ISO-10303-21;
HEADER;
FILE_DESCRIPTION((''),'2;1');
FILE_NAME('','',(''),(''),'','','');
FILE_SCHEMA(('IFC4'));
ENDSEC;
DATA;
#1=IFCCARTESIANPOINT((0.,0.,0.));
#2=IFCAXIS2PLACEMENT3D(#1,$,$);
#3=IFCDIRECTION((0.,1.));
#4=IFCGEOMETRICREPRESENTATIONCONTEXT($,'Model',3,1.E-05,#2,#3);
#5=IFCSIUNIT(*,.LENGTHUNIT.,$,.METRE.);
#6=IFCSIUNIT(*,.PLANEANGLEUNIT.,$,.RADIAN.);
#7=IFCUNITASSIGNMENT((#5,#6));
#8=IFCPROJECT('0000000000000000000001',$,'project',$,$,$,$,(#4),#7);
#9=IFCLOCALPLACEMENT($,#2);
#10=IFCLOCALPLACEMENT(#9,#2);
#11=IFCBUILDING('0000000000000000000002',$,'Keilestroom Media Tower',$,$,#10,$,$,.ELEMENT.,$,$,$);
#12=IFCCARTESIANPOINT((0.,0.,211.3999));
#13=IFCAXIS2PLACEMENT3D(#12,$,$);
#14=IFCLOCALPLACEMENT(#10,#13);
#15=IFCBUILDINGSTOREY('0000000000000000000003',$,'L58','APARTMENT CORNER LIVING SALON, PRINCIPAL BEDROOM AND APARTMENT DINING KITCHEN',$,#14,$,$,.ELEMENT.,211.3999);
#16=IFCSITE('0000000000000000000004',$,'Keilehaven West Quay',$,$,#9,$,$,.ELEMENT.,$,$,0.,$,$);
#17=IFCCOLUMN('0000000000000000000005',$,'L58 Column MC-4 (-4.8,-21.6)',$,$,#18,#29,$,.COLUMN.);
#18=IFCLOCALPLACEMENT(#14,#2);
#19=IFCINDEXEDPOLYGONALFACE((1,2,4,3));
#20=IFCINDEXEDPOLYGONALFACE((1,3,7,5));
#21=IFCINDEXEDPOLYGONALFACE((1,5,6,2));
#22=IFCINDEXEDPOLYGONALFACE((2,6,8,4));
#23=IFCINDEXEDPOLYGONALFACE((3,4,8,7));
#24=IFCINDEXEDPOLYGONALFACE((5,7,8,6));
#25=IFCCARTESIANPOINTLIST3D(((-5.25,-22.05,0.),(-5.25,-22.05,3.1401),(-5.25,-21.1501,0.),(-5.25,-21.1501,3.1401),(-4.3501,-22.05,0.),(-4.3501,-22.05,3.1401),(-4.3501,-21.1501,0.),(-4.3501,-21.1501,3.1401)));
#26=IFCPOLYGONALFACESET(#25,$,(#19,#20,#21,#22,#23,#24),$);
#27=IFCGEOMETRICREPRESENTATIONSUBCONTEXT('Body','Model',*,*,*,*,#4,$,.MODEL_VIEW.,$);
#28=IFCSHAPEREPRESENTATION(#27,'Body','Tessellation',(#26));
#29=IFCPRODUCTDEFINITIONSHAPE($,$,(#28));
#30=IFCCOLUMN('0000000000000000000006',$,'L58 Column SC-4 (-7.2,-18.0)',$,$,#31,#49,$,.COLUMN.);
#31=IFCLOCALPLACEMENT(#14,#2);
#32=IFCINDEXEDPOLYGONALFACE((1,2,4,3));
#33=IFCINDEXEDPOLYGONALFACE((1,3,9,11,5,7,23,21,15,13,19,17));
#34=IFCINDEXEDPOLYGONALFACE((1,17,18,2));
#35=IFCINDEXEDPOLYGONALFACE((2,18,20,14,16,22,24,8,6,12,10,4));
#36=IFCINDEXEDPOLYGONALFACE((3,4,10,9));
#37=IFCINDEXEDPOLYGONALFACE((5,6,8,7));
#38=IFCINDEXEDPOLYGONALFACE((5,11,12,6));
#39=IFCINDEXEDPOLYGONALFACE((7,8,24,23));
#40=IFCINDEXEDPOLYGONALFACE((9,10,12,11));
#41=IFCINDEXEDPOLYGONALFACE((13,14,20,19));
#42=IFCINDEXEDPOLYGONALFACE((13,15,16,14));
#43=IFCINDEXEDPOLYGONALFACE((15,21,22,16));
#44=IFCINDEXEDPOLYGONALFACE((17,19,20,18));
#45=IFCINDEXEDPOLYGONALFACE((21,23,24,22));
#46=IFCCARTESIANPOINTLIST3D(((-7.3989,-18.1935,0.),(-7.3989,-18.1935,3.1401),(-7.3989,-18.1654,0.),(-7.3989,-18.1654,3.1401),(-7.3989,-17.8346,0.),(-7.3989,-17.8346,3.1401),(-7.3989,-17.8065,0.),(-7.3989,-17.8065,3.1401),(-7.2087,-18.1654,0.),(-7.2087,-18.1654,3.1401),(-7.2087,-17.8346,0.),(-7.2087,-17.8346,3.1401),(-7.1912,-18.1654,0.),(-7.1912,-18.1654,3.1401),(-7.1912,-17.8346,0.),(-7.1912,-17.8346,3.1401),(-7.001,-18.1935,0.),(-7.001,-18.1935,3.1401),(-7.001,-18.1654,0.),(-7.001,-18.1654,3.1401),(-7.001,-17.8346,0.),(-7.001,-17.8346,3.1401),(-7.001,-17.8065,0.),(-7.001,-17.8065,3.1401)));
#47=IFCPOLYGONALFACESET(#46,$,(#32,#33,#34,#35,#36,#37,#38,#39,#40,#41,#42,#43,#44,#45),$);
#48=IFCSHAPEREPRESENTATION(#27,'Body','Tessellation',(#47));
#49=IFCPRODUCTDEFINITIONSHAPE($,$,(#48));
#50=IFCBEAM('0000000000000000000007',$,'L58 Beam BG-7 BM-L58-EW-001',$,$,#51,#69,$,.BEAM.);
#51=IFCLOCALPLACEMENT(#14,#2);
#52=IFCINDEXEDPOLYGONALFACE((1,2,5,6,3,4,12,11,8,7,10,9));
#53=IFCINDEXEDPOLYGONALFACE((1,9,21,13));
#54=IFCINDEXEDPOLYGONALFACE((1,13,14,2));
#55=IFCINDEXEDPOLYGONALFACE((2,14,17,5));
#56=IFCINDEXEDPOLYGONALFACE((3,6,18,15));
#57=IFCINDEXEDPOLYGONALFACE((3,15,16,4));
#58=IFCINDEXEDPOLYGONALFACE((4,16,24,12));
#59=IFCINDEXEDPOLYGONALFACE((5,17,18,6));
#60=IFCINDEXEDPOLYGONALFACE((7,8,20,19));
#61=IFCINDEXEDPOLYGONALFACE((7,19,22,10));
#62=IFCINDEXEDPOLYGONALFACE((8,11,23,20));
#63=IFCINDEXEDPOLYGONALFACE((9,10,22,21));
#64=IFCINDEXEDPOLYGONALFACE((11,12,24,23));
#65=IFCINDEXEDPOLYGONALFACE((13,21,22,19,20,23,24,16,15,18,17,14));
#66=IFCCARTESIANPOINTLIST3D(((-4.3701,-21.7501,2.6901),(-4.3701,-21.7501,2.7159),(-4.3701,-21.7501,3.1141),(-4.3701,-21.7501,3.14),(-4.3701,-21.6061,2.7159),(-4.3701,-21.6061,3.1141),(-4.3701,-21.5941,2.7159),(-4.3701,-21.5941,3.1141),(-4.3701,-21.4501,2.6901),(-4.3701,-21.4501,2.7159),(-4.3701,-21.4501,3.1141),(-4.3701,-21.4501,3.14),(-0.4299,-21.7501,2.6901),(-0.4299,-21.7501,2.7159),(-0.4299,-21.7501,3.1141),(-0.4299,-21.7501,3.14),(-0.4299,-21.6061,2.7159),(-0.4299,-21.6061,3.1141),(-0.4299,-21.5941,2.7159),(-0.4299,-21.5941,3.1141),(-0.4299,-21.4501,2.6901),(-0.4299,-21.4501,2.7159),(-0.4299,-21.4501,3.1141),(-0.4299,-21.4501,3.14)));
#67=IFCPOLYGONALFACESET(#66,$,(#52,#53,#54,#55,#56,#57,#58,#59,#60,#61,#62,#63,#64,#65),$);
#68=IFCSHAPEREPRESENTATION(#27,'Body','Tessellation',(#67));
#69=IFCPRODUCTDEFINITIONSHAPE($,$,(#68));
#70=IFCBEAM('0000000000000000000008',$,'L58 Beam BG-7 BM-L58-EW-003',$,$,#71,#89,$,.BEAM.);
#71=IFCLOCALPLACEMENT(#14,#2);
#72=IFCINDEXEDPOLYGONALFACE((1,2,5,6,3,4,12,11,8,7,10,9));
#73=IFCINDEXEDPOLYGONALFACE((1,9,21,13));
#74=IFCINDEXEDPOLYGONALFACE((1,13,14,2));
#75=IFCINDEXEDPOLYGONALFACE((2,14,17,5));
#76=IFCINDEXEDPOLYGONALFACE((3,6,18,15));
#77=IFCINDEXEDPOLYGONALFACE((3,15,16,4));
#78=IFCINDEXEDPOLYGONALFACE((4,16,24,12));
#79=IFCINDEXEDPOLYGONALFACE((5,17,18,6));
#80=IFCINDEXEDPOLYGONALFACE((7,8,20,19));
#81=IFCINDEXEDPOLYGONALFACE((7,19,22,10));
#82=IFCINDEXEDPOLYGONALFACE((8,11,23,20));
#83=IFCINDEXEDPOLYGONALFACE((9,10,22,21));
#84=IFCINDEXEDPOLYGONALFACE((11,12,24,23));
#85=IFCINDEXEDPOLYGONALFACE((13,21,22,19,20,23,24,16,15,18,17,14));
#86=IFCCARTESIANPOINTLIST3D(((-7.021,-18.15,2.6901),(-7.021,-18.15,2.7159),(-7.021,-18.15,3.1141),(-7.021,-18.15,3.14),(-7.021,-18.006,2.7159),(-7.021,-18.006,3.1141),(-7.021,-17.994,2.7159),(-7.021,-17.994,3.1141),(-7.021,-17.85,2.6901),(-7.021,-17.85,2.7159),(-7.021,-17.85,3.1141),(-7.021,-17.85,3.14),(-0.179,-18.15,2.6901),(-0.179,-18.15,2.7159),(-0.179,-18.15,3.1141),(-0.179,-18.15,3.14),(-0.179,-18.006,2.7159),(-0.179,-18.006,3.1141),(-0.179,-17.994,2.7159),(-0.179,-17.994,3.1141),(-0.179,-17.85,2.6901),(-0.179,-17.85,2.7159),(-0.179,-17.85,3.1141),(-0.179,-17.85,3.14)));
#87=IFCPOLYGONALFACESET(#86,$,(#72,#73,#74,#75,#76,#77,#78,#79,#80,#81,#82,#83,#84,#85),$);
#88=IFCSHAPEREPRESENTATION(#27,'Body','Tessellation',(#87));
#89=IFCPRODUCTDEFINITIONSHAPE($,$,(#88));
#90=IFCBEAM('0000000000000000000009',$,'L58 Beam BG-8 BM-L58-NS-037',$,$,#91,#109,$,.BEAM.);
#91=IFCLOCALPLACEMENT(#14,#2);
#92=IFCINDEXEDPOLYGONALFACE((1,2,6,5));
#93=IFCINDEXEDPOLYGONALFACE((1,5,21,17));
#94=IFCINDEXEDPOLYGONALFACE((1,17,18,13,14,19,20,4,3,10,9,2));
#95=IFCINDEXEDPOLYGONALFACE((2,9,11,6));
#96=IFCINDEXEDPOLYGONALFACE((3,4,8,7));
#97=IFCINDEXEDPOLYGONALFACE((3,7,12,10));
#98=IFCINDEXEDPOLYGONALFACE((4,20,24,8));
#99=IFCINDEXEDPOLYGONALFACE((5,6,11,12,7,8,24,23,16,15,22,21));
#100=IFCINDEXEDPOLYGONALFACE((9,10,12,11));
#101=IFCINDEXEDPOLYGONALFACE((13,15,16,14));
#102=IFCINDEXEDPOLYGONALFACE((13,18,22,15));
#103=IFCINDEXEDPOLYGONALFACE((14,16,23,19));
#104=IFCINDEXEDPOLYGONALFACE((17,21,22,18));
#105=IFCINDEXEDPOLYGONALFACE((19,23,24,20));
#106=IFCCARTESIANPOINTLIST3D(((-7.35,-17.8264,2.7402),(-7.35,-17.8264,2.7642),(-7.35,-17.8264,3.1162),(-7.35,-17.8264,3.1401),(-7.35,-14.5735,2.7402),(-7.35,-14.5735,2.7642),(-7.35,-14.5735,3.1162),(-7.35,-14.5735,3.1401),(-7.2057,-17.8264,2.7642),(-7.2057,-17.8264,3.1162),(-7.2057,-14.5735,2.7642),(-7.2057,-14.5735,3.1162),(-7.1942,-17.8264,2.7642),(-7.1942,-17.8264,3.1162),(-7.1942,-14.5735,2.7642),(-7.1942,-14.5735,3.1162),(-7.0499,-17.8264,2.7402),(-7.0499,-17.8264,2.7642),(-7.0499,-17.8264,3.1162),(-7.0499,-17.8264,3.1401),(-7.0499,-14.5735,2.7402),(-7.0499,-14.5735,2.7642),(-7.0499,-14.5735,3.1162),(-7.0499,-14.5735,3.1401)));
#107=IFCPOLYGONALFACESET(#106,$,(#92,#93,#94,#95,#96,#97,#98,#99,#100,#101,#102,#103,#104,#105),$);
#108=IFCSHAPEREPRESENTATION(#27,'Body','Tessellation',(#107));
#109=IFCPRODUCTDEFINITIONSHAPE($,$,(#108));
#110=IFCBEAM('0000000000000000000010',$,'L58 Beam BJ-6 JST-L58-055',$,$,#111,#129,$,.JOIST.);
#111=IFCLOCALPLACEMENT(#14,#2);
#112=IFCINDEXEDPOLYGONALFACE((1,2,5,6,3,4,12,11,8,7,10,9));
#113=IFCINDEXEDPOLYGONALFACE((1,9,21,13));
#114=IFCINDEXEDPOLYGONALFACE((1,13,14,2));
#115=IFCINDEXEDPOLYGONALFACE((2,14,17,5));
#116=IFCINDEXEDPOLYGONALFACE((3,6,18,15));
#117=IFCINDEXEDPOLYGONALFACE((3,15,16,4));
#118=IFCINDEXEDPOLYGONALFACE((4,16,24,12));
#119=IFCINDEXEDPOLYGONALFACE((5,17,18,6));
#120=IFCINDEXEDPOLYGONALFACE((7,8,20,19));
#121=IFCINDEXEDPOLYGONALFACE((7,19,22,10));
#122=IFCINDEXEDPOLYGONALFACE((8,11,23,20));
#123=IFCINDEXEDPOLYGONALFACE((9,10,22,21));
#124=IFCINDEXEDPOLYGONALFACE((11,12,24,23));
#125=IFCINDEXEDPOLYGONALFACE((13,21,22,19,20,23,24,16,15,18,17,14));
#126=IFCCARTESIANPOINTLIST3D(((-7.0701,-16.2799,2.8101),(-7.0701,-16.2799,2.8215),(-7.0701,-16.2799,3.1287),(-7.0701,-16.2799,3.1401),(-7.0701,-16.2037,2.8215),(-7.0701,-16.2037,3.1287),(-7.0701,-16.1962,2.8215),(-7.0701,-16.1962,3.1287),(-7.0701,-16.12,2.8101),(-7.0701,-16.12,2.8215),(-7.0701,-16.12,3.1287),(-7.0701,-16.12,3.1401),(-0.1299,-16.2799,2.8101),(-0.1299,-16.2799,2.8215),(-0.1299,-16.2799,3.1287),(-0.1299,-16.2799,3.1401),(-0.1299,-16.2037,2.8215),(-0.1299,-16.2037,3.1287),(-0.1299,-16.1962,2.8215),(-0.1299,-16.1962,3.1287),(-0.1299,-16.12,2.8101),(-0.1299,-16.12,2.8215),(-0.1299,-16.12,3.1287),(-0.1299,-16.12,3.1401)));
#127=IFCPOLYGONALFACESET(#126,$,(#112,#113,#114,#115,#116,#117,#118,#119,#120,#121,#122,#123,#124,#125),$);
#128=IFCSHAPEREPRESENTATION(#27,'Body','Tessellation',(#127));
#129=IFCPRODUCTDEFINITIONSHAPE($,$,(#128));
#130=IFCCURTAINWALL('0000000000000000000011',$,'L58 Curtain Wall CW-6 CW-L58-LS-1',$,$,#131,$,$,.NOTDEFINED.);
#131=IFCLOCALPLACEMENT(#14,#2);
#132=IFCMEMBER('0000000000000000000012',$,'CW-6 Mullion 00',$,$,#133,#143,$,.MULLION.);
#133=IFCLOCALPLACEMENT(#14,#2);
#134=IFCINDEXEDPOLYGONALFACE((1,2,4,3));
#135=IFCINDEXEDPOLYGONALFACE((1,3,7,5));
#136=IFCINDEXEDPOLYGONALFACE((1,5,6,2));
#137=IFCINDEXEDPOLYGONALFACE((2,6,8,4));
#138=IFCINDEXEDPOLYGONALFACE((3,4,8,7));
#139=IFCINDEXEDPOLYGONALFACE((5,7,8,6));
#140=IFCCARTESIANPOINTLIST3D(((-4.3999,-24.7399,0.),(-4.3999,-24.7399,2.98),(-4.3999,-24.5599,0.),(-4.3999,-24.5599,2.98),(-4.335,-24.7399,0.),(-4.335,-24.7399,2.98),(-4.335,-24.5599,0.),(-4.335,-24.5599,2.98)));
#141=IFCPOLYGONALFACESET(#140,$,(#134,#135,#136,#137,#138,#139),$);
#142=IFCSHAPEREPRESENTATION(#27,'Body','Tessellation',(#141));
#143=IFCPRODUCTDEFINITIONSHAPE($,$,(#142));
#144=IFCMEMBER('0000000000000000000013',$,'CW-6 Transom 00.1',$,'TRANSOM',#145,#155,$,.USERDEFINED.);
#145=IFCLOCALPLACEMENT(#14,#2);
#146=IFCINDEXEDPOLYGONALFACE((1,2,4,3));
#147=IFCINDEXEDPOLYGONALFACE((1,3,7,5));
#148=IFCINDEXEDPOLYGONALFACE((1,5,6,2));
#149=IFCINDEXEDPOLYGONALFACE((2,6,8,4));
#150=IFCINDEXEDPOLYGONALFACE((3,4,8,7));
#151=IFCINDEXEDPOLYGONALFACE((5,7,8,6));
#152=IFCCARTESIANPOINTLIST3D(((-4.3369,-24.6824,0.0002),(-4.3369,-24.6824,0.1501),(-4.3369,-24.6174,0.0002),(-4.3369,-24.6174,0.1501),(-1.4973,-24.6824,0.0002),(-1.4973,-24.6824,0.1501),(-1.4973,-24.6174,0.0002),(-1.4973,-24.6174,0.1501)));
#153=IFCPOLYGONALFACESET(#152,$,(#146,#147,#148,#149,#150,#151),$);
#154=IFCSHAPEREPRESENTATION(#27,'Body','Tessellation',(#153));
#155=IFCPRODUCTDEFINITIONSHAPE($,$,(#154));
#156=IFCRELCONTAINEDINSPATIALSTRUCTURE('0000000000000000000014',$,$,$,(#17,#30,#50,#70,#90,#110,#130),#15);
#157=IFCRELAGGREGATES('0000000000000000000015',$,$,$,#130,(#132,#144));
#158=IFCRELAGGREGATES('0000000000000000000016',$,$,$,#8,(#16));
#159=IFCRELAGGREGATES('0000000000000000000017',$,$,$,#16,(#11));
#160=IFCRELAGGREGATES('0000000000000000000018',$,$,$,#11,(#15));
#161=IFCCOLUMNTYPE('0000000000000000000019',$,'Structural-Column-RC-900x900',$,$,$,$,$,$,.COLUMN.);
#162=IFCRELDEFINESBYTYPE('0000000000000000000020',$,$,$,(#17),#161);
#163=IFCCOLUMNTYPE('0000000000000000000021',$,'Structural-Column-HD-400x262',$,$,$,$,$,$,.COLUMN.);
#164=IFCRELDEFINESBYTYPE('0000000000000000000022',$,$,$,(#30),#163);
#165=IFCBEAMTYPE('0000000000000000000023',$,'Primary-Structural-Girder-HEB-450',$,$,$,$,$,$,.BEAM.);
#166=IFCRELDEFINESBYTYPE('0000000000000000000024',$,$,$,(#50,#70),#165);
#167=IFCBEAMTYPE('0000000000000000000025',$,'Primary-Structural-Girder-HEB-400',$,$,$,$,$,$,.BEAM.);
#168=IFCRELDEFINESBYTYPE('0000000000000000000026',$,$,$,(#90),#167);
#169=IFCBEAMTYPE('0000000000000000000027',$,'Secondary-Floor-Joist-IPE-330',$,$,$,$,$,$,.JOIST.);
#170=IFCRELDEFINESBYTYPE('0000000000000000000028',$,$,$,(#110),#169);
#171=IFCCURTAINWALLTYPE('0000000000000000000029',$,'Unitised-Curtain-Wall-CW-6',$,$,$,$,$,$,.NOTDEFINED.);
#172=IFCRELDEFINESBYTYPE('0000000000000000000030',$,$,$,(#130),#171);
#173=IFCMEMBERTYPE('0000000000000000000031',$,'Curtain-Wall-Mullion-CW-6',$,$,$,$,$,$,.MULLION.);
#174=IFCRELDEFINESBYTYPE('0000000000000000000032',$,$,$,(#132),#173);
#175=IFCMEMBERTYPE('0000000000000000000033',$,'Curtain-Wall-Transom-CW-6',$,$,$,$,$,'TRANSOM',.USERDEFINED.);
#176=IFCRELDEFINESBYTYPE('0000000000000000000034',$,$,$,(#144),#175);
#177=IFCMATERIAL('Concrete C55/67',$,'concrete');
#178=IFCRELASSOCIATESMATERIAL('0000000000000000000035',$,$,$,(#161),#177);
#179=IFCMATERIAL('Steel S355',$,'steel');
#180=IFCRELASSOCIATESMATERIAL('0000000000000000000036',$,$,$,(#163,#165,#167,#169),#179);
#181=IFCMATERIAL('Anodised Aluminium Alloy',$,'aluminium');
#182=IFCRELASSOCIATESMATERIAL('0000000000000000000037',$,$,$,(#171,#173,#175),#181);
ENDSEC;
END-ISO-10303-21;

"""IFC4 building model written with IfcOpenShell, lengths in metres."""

from ifc_helpers import new_model, si_unit, direction, frame, origin, origin_2d, place, context, subcontext, project, spatial, rectangle, i_section, extrude, source, transform, mapped, material, material_profile, profile_set, type_object, element, aggregate, save


model = new_model("IFC4")

# Units and contexts
model_context = context("Model", 3, precision=1e-05, world=origin(), true_north=direction((0.0, 1.0)))
body_context = subcontext(model_context, "Body", "Model", "MODEL_VIEW")
ifc_project = project(units=[si_unit("LENGTHUNIT", "METRE"), si_unit("PLANEANGLEUNIT", "RADIAN")], contexts=[model_context])

# Site, building, storey
site_placement = place(None, origin())
site = spatial("IfcSite", under=ifc_project, at=site_placement, Name="Keilehaven West Quay", CompositionType="ELEMENT", RefElevation=0.0)
building_placement = place(site_placement, origin())
building = spatial("IfcBuilding", under=site, at=building_placement, Name="Keilestroom Media Tower", CompositionType="ELEMENT")
storey_placement = place(building_placement, frame((0.0, 0.0, 211.3999)))
storey = spatial("IfcBuildingStorey", under=building, at=storey_placement, Name="L58", Description="APARTMENT CORNER LIVING SALON, PRINCIPAL BEDROOM AND APARTMENT DINING KITCHEN", CompositionType="ELEMENT", Elevation=211.3999)

# Columns
ifc_material_1 = material(Name="Concrete C55/67", Category="concrete")
ifc_material_profile_1 = material_profile(ifc_material_1, rectangle(XDim=0.8999, YDim=0.8999, at=origin_2d()), Name="RC 900x900")
ifc_profile_set_1 = profile_set([ifc_material_profile_1], Name="Concrete C55/67")
column_type_1 = type_object("IfcColumnType", Name="Structural-Column-RC-900x900", PredefinedType="COLUMN", material=ifc_profile_set_1)
shared_shape_1 = source(origin(), body_context, "Body", "SweptSolid", [
    extrude(rectangle(XDim=0.8999, YDim=0.8999, at=origin_2d()), origin(), (0.0, 0.0, 1.0), 3.1401),
])
column_1_placement = place(storey_placement, frame((-4.8, -21.6001, 0.0), z_axis=(0.0, 0.0, 1.0), x_axis=(1.0, 0.0, 0.0)))
element("IfcColumn", 1, at=column_1_placement, inside=storey, type_object=column_type_1, Name="L58 Column MC-4 (-4.8,-21.6)", PredefinedType="COLUMN", context=body_context, shape_type="MappedRepresentation", body=[
    mapped(shared_shape_1, transform((0.0, 0.0, 0.0), x_axis=(1.0, 0.0, 0.0), y_axis=(0.0, 1.0, 0.0), z_axis=(0.0, 0.0, 1.0), scale=1.0)),
])
ifc_material_2 = material(Name="Steel S355", Category="steel")
ifc_material_profile_2 = material_profile(ifc_material_2, i_section(OverallWidth=0.3979, OverallDepth=0.387, WebThickness=0.0176, FlangeThickness=0.0281, at=origin_2d()), Name="HD 400x262")
ifc_profile_set_2 = profile_set([ifc_material_profile_2], Name="Steel S355")
column_type_2 = type_object("IfcColumnType", Name="Structural-Column-HD-400x262", PredefinedType="COLUMN", material=ifc_profile_set_2)
shared_shape_2 = source(origin(), body_context, "Body", "SweptSolid", [
    extrude(i_section(OverallWidth=0.3979, OverallDepth=0.387, WebThickness=0.0176, FlangeThickness=0.0281, at=origin_2d()), origin(), (0.0, 0.0, 1.0), 3.1401),
])
column_2_placement = place(storey_placement, frame((-7.2, -18.0, 0.0), z_axis=(0.0, 0.0, 1.0), x_axis=(1.0, 0.0, 0.0)))
element("IfcColumn", 2, at=column_2_placement, inside=storey, type_object=column_type_2, Name="L58 Column SC-4 (-7.2,-18.0)", PredefinedType="COLUMN", context=body_context, shape_type="MappedRepresentation", body=[
    mapped(shared_shape_2, transform((0.0, 0.0, 0.0), x_axis=(1.0, 0.0, 0.0), y_axis=(0.0, 1.0, 0.0), z_axis=(0.0, 0.0, 1.0), scale=1.0)),
])

# Beams
ifc_material_profile_3 = material_profile(ifc_material_2, i_section(OverallWidth=0.3, OverallDepth=0.45, WebThickness=0.012, FlangeThickness=0.0259, at=origin_2d()), Name="HEB 450")
ifc_profile_set_3 = profile_set([ifc_material_profile_3], Name="Steel S355")
beam_type_1 = type_object("IfcBeamType", Name="Primary-Structural-Girder-HEB-450", PredefinedType="BEAM", material=ifc_profile_set_3)
shared_shape_3 = source(origin(), body_context, "Body", "SweptSolid", [
    extrude(i_section(OverallWidth=0.3, OverallDepth=0.45, WebThickness=0.012, FlangeThickness=0.0259, at=origin_2d()), origin(), (0.0, 0.0, 1.0), 3.9402),
])
beam_1_placement = place(storey_placement, frame((-4.3701, -21.6001, 2.915), z_axis=(1.0, 0.0, 0.0), x_axis=(0.0, 1.0, 0.0)))
element("IfcBeam", 3, at=beam_1_placement, inside=storey, type_object=beam_type_1, Name="L58 Beam BG-7 BM-L58-EW-001", PredefinedType="BEAM", context=body_context, shape_type="MappedRepresentation", body=[
    mapped(shared_shape_3, transform((0.0, 0.0, 0.0), x_axis=(1.0, 0.0, 0.0), y_axis=(0.0, 1.0, 0.0), z_axis=(0.0, 0.0, 1.0), scale=1.0)),
])
shared_shape_4 = source(origin(), body_context, "Body", "SweptSolid", [
    extrude(i_section(OverallWidth=0.3, OverallDepth=0.45, WebThickness=0.012, FlangeThickness=0.0259, at=origin_2d()), origin(), (0.0, 0.0, 1.0), 6.842),
])
beam_2_placement = place(storey_placement, frame((-7.021, -18.0, 2.915), z_axis=(1.0, 0.0, 0.0), x_axis=(0.0, 1.0, 0.0)))
element("IfcBeam", 4, at=beam_2_placement, inside=storey, type_object=beam_type_1, Name="L58 Beam BG-7 BM-L58-EW-003", PredefinedType="BEAM", context=body_context, shape_type="MappedRepresentation", body=[
    mapped(shared_shape_4, transform((0.0, 0.0, 0.0), x_axis=(1.0, 0.0, 0.0), y_axis=(0.0, 1.0, 0.0), z_axis=(0.0, 0.0, 1.0), scale=1.0)),
])
ifc_material_profile_4 = material_profile(ifc_material_2, i_section(OverallWidth=0.3, OverallDepth=0.3999, WebThickness=0.0115, FlangeThickness=0.0239, at=origin_2d()), Name="HEB 400")
ifc_profile_set_4 = profile_set([ifc_material_profile_4], Name="Steel S355")
beam_type_2 = type_object("IfcBeamType", Name="Primary-Structural-Girder-HEB-400", PredefinedType="BEAM", material=ifc_profile_set_4)
shared_shape_5 = source(origin(), body_context, "Body", "SweptSolid", [
    extrude(i_section(OverallWidth=0.3, OverallDepth=0.3999, WebThickness=0.0115, FlangeThickness=0.0239, at=origin_2d()), origin(), (0.0, 0.0, 1.0), 3.2529),
])
beam_3_placement = place(storey_placement, frame((-7.2, -17.8264, 2.9402), z_axis=(0.0, 1.0, 0.0), x_axis=(-1.0, 0.0, 0.0)))
element("IfcBeam", 5, at=beam_3_placement, inside=storey, type_object=beam_type_2, Name="L58 Beam BG-8 BM-L58-NS-037", PredefinedType="BEAM", context=body_context, shape_type="MappedRepresentation", body=[
    mapped(shared_shape_5, transform((0.0, 0.0, 0.0), x_axis=(1.0, 0.0, 0.0), y_axis=(0.0, 1.0, 0.0), z_axis=(0.0, 0.0, 1.0), scale=1.0)),
])
ifc_material_profile_5 = material_profile(ifc_material_2, i_section(OverallWidth=0.1599, OverallDepth=0.3301, WebThickness=0.0076, FlangeThickness=0.0115, at=origin_2d()), Name="IPE 330")
ifc_profile_set_5 = profile_set([ifc_material_profile_5], Name="Steel S355")
beam_type_3 = type_object("IfcBeamType", Name="Secondary-Floor-Joist-IPE-330", PredefinedType="JOIST", material=ifc_profile_set_5)
shared_shape_6 = source(origin(), body_context, "Body", "SweptSolid", [
    extrude(i_section(OverallWidth=0.1599, OverallDepth=0.3301, WebThickness=0.0076, FlangeThickness=0.0115, at=origin_2d()), origin(), (0.0, 0.0, 1.0), 6.9402),
])
beam_4_placement = place(storey_placement, frame((-7.0701, -16.2, 2.9751), z_axis=(1.0, 0.0, 0.0), x_axis=(0.0, 1.0, 0.0)))
element("IfcBeam", 6, at=beam_4_placement, inside=storey, type_object=beam_type_3, Name="L58 Beam BJ-6 JST-L58-055", PredefinedType="JOIST", context=body_context, shape_type="MappedRepresentation", body=[
    mapped(shared_shape_6, transform((0.0, 0.0, 0.0), x_axis=(1.0, 0.0, 0.0), y_axis=(0.0, 1.0, 0.0), z_axis=(0.0, 0.0, 1.0), scale=1.0)),
])

# Curtain wall, members
ifc_material_3 = material(Name="Anodised Aluminium Alloy", Category="aluminium")
curtain_wall_type = type_object("IfcCurtainWallType", Name="Unitised-Curtain-Wall-CW-6", PredefinedType="NOTDEFINED", material=ifc_material_3)
curtain_wall_placement = place(storey_placement, origin())
curtain_wall = element("IfcCurtainWall", 7, at=curtain_wall_placement, inside=storey, type_object=curtain_wall_type, Name="L58 Curtain Wall CW-6 CW-L58-LS-1", PredefinedType="NOTDEFINED")
ifc_material_profile_6 = material_profile(ifc_material_3, rectangle(XDim=0.0649, YDim=0.1799, at=origin_2d()), Name="ALU MULLION 65x180")
ifc_profile_set_6 = profile_set([ifc_material_profile_6], Name="Anodised Aluminium Alloy")
member_type_1 = type_object("IfcMemberType", Name="Curtain-Wall-Mullion-CW-6", PredefinedType="MULLION", material=ifc_profile_set_6)
shared_shape_7 = source(origin(), body_context, "Body", "SweptSolid", [
    extrude(rectangle(XDim=0.0649, YDim=0.1799, at=origin_2d()), origin(), (0.0, 0.0, 1.0), 2.98),
])
member_1_placement = place(storey_placement, frame((-4.3674, -24.6499, 0.0), z_axis=(0.0, 0.0, 1.0), x_axis=(1.0, 0.0, 0.0)))
member_1 = element("IfcMember", 8, at=member_1_placement, type_object=member_type_1, Name="CW-6 Mullion 00", PredefinedType="MULLION", context=body_context, shape_type="MappedRepresentation", body=[
    mapped(shared_shape_7, transform((0.0, 0.0, 0.0), x_axis=(1.0, 0.0, 0.0), y_axis=(0.0, 1.0, 0.0), z_axis=(0.0, 0.0, 1.0), scale=1.0)),
])
ifc_material_profile_7 = material_profile(ifc_material_3, rectangle(XDim=0.0649, YDim=0.1499, at=origin_2d()), Name="ALU TRANSOM 65x150")
ifc_profile_set_7 = profile_set([ifc_material_profile_7], Name="Anodised Aluminium Alloy")
member_type_2 = type_object("IfcMemberType", Name="Curtain-Wall-Transom-CW-6", ElementType="TRANSOM", PredefinedType="USERDEFINED", material=ifc_profile_set_7)
shared_shape_8 = source(origin(), body_context, "Body", "SweptSolid", [
    extrude(rectangle(XDim=0.0649, YDim=0.1499, at=origin_2d()), origin(), (0.0, 0.0, 1.0), 2.8396),
])
member_2_placement = place(storey_placement, frame((-4.3369, -24.6499, 0.0752), z_axis=(1.0, 0.0, 0.0), x_axis=(0.0, 1.0, 0.0)))
member_2 = element("IfcMember", 9, at=member_2_placement, type_object=member_type_2, Name="CW-6 Transom 00.1", ObjectType="TRANSOM", PredefinedType="USERDEFINED", context=body_context, shape_type="MappedRepresentation", body=[
    mapped(shared_shape_8, transform((0.0, 0.0, 0.0), x_axis=(1.0, 0.0, 0.0), y_axis=(0.0, 1.0, 0.0), z_axis=(0.0, 0.0, 1.0), scale=1.0)),
])
aggregate(curtain_wall, [member_1, member_2])

save(model, "model.ifc")
